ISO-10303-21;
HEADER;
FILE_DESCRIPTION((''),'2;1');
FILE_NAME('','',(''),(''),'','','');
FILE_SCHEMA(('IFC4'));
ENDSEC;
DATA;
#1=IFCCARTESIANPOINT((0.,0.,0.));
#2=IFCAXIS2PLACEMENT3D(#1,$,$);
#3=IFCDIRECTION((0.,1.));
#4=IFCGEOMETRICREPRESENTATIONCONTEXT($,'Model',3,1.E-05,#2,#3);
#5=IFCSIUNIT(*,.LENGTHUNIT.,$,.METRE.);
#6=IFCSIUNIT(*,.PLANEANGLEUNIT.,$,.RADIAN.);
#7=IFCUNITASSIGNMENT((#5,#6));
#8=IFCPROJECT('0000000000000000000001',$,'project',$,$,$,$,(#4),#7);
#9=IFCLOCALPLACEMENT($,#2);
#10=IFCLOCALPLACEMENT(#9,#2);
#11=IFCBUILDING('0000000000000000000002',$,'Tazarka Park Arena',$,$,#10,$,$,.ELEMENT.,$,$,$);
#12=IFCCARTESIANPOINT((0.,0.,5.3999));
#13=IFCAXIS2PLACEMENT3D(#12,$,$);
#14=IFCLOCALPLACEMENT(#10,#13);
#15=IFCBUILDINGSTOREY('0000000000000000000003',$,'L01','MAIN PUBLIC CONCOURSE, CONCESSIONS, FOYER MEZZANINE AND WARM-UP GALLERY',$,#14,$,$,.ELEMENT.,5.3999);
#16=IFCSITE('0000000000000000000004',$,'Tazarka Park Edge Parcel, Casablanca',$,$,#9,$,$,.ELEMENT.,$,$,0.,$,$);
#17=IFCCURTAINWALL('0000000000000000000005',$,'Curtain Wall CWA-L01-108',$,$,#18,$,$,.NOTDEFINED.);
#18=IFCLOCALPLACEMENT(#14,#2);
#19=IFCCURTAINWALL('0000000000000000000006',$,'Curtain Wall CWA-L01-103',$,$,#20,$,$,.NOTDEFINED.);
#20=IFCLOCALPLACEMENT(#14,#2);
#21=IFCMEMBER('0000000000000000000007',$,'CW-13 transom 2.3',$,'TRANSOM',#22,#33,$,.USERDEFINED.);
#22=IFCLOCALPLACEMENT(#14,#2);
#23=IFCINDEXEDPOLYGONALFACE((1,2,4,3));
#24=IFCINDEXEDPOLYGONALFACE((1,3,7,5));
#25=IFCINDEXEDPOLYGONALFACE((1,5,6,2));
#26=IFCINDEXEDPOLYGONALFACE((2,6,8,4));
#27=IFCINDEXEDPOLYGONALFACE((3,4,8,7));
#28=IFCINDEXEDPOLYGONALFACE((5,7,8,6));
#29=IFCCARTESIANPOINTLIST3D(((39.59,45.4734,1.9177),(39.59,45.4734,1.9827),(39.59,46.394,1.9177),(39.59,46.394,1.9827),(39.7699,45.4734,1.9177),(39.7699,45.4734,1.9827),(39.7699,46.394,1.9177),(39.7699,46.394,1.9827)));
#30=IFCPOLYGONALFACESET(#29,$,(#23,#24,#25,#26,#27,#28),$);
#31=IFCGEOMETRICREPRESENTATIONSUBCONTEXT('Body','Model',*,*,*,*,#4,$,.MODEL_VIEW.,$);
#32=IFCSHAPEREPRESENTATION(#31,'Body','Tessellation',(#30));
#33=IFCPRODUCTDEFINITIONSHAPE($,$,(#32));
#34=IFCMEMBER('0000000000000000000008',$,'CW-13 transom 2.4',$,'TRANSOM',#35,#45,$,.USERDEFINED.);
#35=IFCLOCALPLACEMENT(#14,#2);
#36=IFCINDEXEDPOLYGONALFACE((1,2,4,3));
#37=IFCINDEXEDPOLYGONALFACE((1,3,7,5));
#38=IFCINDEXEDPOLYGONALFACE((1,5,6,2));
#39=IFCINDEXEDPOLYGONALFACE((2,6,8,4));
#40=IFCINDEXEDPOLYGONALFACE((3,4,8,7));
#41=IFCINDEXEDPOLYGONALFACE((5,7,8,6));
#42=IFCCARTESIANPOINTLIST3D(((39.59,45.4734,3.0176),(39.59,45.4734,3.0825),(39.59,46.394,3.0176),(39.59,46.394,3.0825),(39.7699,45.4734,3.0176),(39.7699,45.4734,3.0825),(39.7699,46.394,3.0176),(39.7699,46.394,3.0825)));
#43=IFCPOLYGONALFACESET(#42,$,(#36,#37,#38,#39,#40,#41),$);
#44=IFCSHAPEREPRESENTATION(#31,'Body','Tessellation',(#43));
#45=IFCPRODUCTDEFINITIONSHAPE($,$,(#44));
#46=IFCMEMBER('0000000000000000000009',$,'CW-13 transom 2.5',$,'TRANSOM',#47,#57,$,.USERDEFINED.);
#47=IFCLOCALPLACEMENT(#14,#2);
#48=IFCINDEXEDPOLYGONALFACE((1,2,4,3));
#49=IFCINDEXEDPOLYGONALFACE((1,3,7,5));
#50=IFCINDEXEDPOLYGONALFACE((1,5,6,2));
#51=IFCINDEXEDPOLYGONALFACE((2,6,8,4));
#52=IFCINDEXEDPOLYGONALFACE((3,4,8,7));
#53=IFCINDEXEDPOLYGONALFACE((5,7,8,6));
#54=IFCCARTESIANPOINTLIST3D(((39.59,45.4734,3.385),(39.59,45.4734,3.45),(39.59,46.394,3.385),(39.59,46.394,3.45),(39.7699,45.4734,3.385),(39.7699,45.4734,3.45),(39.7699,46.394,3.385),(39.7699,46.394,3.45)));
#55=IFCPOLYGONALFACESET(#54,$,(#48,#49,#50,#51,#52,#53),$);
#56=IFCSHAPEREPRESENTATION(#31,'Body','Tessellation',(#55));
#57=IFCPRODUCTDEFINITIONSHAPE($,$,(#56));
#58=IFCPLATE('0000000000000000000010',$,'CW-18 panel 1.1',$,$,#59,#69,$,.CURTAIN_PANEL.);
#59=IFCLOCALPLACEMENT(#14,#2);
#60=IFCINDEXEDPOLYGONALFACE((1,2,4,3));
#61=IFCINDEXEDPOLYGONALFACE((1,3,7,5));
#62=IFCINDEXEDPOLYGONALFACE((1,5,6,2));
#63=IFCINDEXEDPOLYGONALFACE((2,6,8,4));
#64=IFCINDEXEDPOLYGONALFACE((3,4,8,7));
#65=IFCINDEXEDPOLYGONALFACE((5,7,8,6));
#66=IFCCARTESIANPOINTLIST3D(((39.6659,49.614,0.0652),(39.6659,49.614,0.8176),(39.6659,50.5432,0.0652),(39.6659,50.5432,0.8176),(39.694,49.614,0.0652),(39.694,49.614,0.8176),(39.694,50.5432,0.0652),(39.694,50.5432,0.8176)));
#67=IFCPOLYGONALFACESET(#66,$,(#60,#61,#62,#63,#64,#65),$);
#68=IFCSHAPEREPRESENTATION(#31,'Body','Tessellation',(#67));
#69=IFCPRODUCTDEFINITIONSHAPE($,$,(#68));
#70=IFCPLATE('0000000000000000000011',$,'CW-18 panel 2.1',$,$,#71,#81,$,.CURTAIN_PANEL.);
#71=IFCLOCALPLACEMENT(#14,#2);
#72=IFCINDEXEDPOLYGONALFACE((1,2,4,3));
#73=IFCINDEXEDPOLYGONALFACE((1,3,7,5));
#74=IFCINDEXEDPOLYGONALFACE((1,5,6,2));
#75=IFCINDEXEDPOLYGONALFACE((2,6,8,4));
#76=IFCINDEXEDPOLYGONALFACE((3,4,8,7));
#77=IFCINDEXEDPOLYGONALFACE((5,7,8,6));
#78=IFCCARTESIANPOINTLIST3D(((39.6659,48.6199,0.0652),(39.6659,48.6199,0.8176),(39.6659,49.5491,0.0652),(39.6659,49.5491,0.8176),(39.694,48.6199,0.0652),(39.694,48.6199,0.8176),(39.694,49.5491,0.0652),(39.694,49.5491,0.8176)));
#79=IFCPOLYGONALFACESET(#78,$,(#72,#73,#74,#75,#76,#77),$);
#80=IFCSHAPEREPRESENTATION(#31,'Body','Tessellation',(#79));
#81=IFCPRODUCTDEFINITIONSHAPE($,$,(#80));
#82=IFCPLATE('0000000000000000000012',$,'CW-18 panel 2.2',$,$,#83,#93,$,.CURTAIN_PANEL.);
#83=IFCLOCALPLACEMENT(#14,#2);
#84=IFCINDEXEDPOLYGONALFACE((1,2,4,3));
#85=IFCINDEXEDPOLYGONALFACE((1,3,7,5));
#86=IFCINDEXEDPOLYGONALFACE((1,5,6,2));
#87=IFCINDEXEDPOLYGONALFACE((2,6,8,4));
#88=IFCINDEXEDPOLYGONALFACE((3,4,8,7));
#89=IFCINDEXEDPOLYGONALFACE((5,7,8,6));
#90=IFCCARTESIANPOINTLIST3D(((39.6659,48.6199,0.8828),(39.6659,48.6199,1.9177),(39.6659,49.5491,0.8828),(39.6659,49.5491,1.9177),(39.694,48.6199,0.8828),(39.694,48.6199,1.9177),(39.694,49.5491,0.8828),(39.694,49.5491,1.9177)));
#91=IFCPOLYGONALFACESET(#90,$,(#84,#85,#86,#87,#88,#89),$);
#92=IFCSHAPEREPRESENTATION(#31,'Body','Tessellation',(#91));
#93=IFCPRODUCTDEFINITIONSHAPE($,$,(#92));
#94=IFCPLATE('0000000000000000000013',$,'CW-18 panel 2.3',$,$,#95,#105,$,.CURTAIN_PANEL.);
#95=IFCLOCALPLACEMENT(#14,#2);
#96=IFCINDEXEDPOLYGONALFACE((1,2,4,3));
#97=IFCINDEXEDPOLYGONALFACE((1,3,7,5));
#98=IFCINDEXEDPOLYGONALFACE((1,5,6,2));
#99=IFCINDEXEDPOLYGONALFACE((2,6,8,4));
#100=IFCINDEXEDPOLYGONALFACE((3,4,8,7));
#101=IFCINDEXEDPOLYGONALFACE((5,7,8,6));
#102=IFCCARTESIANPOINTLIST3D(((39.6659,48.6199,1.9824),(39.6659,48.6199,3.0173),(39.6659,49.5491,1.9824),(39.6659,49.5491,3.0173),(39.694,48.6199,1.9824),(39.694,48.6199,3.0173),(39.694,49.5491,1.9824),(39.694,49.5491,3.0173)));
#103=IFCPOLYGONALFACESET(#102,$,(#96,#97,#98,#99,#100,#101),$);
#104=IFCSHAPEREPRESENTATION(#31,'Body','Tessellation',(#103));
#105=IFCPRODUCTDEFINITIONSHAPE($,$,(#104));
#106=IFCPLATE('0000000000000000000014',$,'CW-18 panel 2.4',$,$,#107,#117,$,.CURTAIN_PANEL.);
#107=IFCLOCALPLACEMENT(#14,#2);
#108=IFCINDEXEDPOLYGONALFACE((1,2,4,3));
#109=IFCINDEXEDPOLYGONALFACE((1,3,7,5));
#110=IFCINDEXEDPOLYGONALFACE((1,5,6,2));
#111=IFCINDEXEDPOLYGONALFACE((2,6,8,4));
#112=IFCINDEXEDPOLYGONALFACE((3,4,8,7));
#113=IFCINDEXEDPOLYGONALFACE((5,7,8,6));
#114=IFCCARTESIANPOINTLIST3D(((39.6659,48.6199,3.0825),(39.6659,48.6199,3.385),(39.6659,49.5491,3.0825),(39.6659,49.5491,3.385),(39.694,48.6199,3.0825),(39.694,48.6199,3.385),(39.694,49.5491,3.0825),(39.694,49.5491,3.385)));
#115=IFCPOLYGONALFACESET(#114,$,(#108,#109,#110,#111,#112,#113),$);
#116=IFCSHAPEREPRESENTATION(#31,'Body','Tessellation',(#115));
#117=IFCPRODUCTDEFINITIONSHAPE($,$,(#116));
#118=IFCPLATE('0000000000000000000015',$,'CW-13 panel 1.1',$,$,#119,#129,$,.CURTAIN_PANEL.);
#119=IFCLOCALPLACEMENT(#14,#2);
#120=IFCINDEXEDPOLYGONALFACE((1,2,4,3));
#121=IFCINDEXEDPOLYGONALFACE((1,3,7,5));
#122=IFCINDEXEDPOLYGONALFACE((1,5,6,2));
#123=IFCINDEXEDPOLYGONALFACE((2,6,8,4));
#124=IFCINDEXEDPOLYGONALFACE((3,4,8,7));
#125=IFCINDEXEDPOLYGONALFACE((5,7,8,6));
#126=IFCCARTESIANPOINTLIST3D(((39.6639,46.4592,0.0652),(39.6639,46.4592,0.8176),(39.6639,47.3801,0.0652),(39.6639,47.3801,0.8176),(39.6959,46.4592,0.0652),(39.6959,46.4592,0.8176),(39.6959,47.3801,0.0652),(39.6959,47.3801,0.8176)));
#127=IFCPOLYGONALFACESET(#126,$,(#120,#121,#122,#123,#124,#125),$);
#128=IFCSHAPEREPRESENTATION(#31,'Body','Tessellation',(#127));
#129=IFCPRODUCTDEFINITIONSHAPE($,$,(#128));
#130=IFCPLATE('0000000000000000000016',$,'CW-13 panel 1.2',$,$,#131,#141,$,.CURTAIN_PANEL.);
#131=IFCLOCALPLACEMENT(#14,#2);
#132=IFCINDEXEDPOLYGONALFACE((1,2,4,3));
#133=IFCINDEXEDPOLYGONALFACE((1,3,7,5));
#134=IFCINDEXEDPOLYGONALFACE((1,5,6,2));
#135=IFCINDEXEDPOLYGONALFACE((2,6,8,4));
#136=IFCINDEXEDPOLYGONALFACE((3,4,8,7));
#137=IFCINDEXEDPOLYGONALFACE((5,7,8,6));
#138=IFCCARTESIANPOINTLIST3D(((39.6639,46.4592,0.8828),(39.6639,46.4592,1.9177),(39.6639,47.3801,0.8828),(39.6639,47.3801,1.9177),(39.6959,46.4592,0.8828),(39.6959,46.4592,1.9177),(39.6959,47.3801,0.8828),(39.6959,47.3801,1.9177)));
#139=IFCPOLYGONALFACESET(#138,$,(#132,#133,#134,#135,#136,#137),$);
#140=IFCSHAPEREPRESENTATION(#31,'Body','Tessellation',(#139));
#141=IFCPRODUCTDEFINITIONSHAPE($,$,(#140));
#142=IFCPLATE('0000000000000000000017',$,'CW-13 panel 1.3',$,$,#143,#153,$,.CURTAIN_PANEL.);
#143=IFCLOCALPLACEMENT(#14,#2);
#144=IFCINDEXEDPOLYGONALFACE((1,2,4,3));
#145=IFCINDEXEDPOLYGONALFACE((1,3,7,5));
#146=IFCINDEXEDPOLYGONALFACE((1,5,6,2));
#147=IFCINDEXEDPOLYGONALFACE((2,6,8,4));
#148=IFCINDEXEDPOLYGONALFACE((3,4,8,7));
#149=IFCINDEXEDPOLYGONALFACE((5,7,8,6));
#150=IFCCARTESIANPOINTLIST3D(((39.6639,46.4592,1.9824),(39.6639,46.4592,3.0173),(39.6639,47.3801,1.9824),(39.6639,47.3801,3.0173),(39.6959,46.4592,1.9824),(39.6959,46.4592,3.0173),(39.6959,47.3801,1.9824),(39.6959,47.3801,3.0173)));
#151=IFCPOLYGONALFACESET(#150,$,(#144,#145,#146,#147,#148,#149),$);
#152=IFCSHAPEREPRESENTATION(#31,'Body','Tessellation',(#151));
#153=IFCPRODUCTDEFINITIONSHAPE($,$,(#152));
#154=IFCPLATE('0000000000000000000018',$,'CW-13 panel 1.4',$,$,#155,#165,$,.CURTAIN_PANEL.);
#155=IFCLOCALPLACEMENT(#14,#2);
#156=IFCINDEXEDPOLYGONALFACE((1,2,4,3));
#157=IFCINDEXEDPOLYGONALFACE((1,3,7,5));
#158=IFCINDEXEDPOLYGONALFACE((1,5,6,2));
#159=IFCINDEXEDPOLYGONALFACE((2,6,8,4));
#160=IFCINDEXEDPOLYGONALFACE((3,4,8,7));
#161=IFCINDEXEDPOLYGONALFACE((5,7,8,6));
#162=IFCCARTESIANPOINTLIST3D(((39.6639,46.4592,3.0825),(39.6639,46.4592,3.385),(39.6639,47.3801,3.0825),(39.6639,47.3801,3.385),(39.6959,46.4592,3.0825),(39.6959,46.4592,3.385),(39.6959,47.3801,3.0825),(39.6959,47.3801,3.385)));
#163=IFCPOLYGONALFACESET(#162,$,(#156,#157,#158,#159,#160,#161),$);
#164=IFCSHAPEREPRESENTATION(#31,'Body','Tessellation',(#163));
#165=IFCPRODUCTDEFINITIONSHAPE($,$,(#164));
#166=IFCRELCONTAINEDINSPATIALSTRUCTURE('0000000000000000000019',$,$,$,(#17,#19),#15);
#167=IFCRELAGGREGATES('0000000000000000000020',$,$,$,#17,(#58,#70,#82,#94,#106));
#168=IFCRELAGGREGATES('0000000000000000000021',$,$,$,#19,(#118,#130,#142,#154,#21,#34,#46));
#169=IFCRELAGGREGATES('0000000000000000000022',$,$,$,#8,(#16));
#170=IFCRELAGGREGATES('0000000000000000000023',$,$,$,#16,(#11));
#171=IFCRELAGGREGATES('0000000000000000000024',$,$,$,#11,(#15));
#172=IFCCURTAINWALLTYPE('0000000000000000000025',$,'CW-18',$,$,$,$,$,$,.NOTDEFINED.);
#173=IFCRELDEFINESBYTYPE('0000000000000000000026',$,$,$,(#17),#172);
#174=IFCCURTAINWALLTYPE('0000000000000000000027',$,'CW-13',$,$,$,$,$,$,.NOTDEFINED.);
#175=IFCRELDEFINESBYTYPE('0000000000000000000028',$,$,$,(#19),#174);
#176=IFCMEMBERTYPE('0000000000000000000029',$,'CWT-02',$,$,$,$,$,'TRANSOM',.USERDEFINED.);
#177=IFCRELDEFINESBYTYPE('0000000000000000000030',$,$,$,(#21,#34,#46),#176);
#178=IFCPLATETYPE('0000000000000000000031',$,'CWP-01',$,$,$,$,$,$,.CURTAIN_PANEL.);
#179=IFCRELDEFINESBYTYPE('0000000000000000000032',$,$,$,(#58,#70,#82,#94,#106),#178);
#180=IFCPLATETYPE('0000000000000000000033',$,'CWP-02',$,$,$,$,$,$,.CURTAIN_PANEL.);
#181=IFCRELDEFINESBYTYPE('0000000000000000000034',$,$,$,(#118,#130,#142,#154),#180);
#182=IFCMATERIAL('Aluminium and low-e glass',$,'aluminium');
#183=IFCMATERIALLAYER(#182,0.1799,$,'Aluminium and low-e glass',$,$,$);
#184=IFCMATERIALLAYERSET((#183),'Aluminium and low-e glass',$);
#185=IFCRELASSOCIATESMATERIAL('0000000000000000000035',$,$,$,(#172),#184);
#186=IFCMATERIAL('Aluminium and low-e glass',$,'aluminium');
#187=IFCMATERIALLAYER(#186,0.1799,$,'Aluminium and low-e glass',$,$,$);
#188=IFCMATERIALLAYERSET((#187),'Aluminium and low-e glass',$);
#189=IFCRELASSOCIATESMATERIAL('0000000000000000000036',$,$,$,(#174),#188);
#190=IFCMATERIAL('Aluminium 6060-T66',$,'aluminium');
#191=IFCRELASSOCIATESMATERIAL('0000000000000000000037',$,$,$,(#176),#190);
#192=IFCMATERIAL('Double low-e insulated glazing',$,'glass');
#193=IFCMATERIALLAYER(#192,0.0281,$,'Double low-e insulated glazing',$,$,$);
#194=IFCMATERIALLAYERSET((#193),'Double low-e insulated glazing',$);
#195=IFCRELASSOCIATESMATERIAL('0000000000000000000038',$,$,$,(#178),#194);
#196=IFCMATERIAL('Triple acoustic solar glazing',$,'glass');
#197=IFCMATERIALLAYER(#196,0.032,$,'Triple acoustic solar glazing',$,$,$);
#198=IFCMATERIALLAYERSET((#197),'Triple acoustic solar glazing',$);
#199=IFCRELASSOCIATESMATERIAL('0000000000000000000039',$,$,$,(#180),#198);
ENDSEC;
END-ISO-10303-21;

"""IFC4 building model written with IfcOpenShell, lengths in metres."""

from ifc_helpers import new_model, si_unit, direction, frame, origin, origin_2d, place, context, subcontext, project, spatial, rectangle, extrude, material, layer, layer_set, material_profile, profile_set, type_object, element, aggregate, save


model = new_model("IFC4")

# Units and contexts
model_context = context("Model", 3, precision=1e-05, world=origin(), true_north=direction((0.0, 1.0)))
body_context = subcontext(model_context, "Body", "Model", "MODEL_VIEW")
ifc_project = project(units=[si_unit("LENGTHUNIT", "METRE"), si_unit("PLANEANGLEUNIT", "RADIAN")], contexts=[model_context])

# Site, building, storey
site_placement = place(None, origin())
site = spatial("IfcSite", under=ifc_project, at=site_placement, Name="Tazarka Park Edge Parcel, Casablanca", CompositionType="ELEMENT", RefElevation=0.0)
building_placement = place(site_placement, origin())
building = spatial("IfcBuilding", under=site, at=building_placement, Name="Tazarka Park Arena", CompositionType="ELEMENT")
storey_placement = place(building_placement, frame((0.0, 0.0, 5.3999)))
storey = spatial("IfcBuildingStorey", under=building, at=storey_placement, Name="L01", Description="MAIN PUBLIC CONCOURSE, CONCESSIONS, FOYER MEZZANINE AND WARM-UP GALLERY", CompositionType="ELEMENT", Elevation=5.3999)

# Curtain walls
ifc_material_1 = material(Name="Aluminium and low-e glass", Category="aluminium")
ifc_layer_1 = layer(ifc_material_1, 0.1799, Name="Aluminium and low-e glass")
ifc_layer_set_1 = layer_set([ifc_layer_1], Name="Aluminium and low-e glass")
curtain_wall_type_1 = type_object("IfcCurtainWallType", Name="CW-18", PredefinedType="NOTDEFINED", material=ifc_layer_set_1)
curtain_wall_1_placement = place(storey_placement, origin())
curtain_wall_1 = element("IfcCurtainWall", 1, at=curtain_wall_1_placement, inside=storey, type_object=curtain_wall_type_1, Name="Curtain Wall CWA-L01-108", PredefinedType="NOTDEFINED")
ifc_material_2 = material(Name="Aluminium and low-e glass", Category="aluminium")
ifc_layer_2 = layer(ifc_material_2, 0.1799, Name="Aluminium and low-e glass")
ifc_layer_set_2 = layer_set([ifc_layer_2], Name="Aluminium and low-e glass")
curtain_wall_type_2 = type_object("IfcCurtainWallType", Name="CW-13", PredefinedType="NOTDEFINED", material=ifc_layer_set_2)
curtain_wall_2_placement = place(storey_placement, origin())
curtain_wall_2 = element("IfcCurtainWall", 2, at=curtain_wall_2_placement, inside=storey, type_object=curtain_wall_type_2, Name="Curtain Wall CWA-L01-103", PredefinedType="NOTDEFINED")

# Members
ifc_material_3 = material(Name="Aluminium 6060-T66", Category="aluminium")
ifc_material_profile_1 = material_profile(ifc_material_3, rectangle(XDim=0.1799, YDim=0.0649, at=origin_2d()), Name="Aluminium 6060-T66")
ifc_profile_set_1 = profile_set([ifc_material_profile_1], Name="Aluminium 6060-T66")
member_type_1 = type_object("IfcMemberType", Name="CWT-02", ElementType="TRANSOM", PredefinedType="USERDEFINED", material=ifc_profile_set_1)
member_1_placement = place(storey_placement, frame((39.6799, 46.394, 1.9502), z_axis=(0.0, -1.0, 0.0), x_axis=(1.0, 0.0, 0.0)))
member_1 = element("IfcMember", 3, at=member_1_placement, type_object=member_type_1, Name="CW-13 transom 2.3", ObjectType="TRANSOM", PredefinedType="USERDEFINED", context=body_context, shape_type="SweptSolid", body=[
    extrude(rectangle(XDim=0.1799, YDim=0.0649, at=origin_2d()), origin(), (0.0, 0.0, 1.0), 0.9207),
])
member_2_placement = place(storey_placement, frame((39.6799, 46.394, 3.05), z_axis=(0.0, -1.0, 0.0), x_axis=(1.0, 0.0, 0.0)))
member_2 = element("IfcMember", 4, at=member_2_placement, type_object=member_type_1, Name="CW-13 transom 2.4", ObjectType="TRANSOM", PredefinedType="USERDEFINED", context=body_context, shape_type="SweptSolid", body=[
    extrude(rectangle(XDim=0.1799, YDim=0.0649, at=origin_2d()), origin(), (0.0, 0.0, 1.0), 0.9207),
])
member_3_placement = place(storey_placement, frame((39.6799, 46.394, 3.4175), z_axis=(0.0, -1.0, 0.0), x_axis=(1.0, 0.0, 0.0)))
member_3 = element("IfcMember", 5, at=member_3_placement, type_object=member_type_1, Name="CW-13 transom 2.5", ObjectType="TRANSOM", PredefinedType="USERDEFINED", context=body_context, shape_type="SweptSolid", body=[
    extrude(rectangle(XDim=0.1799, YDim=0.0649, at=origin_2d()), origin(), (0.0, 0.0, 1.0), 0.9207),
])

# Plates
ifc_material_4 = material(Name="Double low-e insulated glazing", Category="glass")
ifc_layer_3 = layer(ifc_material_4, 0.0281, Name="Double low-e insulated glazing")
ifc_layer_set_3 = layer_set([ifc_layer_3], Name="Double low-e insulated glazing")
plate_type_1 = type_object("IfcPlateType", Name="CWP-01", PredefinedType="CURTAIN_PANEL", material=ifc_layer_set_3)
plate_1_placement = place(storey_placement, frame((39.6799, 50.0786, 0.0652), z_axis=(0.0, 0.0, 1.0), x_axis=(0.0, -1.0, 0.0)))
plate_1 = element("IfcPlate", 6, at=plate_1_placement, type_object=plate_type_1, Name="CW-18 panel 1.1", PredefinedType="CURTAIN_PANEL", context=body_context, shape_type="SweptSolid", body=[
    extrude(rectangle(XDim=0.9292, YDim=0.0281, at=origin_2d()), origin(), (0.0, 0.0, 1.0), 0.7524),
])
plate_2_placement = place(storey_placement, frame((39.6799, 49.0845, 0.0652), z_axis=(0.0, 0.0, 1.0), x_axis=(0.0, -1.0, 0.0)))
plate_2 = element("IfcPlate", 7, at=plate_2_placement, type_object=plate_type_1, Name="CW-18 panel 2.1", PredefinedType="CURTAIN_PANEL", context=body_context, shape_type="SweptSolid", body=[
    extrude(rectangle(XDim=0.9292, YDim=0.0281, at=origin_2d()), origin(), (0.0, 0.0, 1.0), 0.7524),
])
plate_3_placement = place(storey_placement, frame((39.6799, 49.0845, 0.8828), z_axis=(0.0, 0.0, 1.0), x_axis=(0.0, -1.0, 0.0)))
plate_3 = element("IfcPlate", 8, at=plate_3_placement, type_object=plate_type_1, Name="CW-18 panel 2.2", PredefinedType="CURTAIN_PANEL", context=body_context, shape_type="SweptSolid", body=[
    extrude(rectangle(XDim=0.9292, YDim=0.0281, at=origin_2d()), origin(), (0.0, 0.0, 1.0), 1.0349),
])
plate_4_placement = place(storey_placement, frame((39.6799, 49.0845, 1.9824), z_axis=(0.0, 0.0, 1.0), x_axis=(0.0, -1.0, 0.0)))
plate_4 = element("IfcPlate", 9, at=plate_4_placement, type_object=plate_type_1, Name="CW-18 panel 2.3", PredefinedType="CURTAIN_PANEL", context=body_context, shape_type="SweptSolid", body=[
    extrude(rectangle(XDim=0.9292, YDim=0.0281, at=origin_2d()), origin(), (0.0, 0.0, 1.0), 1.0349),
])
plate_5_placement = place(storey_placement, frame((39.6799, 49.0845, 3.0825), z_axis=(0.0, 0.0, 1.0), x_axis=(0.0, -1.0, 0.0)))
plate_5 = element("IfcPlate", 10, at=plate_5_placement, type_object=plate_type_1, Name="CW-18 panel 2.4", PredefinedType="CURTAIN_PANEL", context=body_context, shape_type="SweptSolid", body=[
    extrude(rectangle(XDim=0.9292, YDim=0.0281, at=origin_2d()), origin(), (0.0, 0.0, 1.0), 0.3025),
])
aggregate(curtain_wall_1, [plate_1, plate_2, plate_3, plate_4, plate_5])
ifc_material_5 = material(Name="Triple acoustic solar glazing", Category="glass")
ifc_layer_4 = layer(ifc_material_5, 0.032, Name="Triple acoustic solar glazing")
ifc_layer_set_4 = layer_set([ifc_layer_4], Name="Triple acoustic solar glazing")
plate_type_2 = type_object("IfcPlateType", Name="CWP-02", PredefinedType="CURTAIN_PANEL", material=ifc_layer_set_4)
plate_6_placement = place(storey_placement, frame((39.6799, 46.9197, 0.0652), z_axis=(0.0, 0.0, 1.0), x_axis=(0.0, -1.0, 0.0)))
plate_6 = element("IfcPlate", 11, at=plate_6_placement, type_object=plate_type_2, Name="CW-13 panel 1.1", PredefinedType="CURTAIN_PANEL", context=body_context, shape_type="SweptSolid", body=[
    extrude(rectangle(XDim=0.9209, YDim=0.032, at=origin_2d()), origin(), (0.0, 0.0, 1.0), 0.7524),
])
plate_7_placement = place(storey_placement, frame((39.6799, 46.9197, 0.8828), z_axis=(0.0, 0.0, 1.0), x_axis=(0.0, -1.0, 0.0)))
plate_7 = element("IfcPlate", 12, at=plate_7_placement, type_object=plate_type_2, Name="CW-13 panel 1.2", PredefinedType="CURTAIN_PANEL", context=body_context, shape_type="SweptSolid", body=[
    extrude(rectangle(XDim=0.9209, YDim=0.032, at=origin_2d()), origin(), (0.0, 0.0, 1.0), 1.0349),
])
plate_8_placement = place(storey_placement, frame((39.6799, 46.9197, 1.9824), z_axis=(0.0, 0.0, 1.0), x_axis=(0.0, -1.0, 0.0)))
plate_8 = element("IfcPlate", 13, at=plate_8_placement, type_object=plate_type_2, Name="CW-13 panel 1.3", PredefinedType="CURTAIN_PANEL", context=body_context, shape_type="SweptSolid", body=[
    extrude(rectangle(XDim=0.9209, YDim=0.032, at=origin_2d()), origin(), (0.0, 0.0, 1.0), 1.0349),
])
plate_9_placement = place(storey_placement, frame((39.6799, 46.9197, 3.0825), z_axis=(0.0, 0.0, 1.0), x_axis=(0.0, -1.0, 0.0)))
plate_9 = element("IfcPlate", 14, at=plate_9_placement, type_object=plate_type_2, Name="CW-13 panel 1.4", PredefinedType="CURTAIN_PANEL", context=body_context, shape_type="SweptSolid", body=[
    extrude(rectangle(XDim=0.9209, YDim=0.032, at=origin_2d()), origin(), (0.0, 0.0, 1.0), 0.3025),
])
aggregate(curtain_wall_2, [plate_6, plate_7, plate_8, plate_9, member_1, member_2, member_3])

save(model, "model.ifc")
